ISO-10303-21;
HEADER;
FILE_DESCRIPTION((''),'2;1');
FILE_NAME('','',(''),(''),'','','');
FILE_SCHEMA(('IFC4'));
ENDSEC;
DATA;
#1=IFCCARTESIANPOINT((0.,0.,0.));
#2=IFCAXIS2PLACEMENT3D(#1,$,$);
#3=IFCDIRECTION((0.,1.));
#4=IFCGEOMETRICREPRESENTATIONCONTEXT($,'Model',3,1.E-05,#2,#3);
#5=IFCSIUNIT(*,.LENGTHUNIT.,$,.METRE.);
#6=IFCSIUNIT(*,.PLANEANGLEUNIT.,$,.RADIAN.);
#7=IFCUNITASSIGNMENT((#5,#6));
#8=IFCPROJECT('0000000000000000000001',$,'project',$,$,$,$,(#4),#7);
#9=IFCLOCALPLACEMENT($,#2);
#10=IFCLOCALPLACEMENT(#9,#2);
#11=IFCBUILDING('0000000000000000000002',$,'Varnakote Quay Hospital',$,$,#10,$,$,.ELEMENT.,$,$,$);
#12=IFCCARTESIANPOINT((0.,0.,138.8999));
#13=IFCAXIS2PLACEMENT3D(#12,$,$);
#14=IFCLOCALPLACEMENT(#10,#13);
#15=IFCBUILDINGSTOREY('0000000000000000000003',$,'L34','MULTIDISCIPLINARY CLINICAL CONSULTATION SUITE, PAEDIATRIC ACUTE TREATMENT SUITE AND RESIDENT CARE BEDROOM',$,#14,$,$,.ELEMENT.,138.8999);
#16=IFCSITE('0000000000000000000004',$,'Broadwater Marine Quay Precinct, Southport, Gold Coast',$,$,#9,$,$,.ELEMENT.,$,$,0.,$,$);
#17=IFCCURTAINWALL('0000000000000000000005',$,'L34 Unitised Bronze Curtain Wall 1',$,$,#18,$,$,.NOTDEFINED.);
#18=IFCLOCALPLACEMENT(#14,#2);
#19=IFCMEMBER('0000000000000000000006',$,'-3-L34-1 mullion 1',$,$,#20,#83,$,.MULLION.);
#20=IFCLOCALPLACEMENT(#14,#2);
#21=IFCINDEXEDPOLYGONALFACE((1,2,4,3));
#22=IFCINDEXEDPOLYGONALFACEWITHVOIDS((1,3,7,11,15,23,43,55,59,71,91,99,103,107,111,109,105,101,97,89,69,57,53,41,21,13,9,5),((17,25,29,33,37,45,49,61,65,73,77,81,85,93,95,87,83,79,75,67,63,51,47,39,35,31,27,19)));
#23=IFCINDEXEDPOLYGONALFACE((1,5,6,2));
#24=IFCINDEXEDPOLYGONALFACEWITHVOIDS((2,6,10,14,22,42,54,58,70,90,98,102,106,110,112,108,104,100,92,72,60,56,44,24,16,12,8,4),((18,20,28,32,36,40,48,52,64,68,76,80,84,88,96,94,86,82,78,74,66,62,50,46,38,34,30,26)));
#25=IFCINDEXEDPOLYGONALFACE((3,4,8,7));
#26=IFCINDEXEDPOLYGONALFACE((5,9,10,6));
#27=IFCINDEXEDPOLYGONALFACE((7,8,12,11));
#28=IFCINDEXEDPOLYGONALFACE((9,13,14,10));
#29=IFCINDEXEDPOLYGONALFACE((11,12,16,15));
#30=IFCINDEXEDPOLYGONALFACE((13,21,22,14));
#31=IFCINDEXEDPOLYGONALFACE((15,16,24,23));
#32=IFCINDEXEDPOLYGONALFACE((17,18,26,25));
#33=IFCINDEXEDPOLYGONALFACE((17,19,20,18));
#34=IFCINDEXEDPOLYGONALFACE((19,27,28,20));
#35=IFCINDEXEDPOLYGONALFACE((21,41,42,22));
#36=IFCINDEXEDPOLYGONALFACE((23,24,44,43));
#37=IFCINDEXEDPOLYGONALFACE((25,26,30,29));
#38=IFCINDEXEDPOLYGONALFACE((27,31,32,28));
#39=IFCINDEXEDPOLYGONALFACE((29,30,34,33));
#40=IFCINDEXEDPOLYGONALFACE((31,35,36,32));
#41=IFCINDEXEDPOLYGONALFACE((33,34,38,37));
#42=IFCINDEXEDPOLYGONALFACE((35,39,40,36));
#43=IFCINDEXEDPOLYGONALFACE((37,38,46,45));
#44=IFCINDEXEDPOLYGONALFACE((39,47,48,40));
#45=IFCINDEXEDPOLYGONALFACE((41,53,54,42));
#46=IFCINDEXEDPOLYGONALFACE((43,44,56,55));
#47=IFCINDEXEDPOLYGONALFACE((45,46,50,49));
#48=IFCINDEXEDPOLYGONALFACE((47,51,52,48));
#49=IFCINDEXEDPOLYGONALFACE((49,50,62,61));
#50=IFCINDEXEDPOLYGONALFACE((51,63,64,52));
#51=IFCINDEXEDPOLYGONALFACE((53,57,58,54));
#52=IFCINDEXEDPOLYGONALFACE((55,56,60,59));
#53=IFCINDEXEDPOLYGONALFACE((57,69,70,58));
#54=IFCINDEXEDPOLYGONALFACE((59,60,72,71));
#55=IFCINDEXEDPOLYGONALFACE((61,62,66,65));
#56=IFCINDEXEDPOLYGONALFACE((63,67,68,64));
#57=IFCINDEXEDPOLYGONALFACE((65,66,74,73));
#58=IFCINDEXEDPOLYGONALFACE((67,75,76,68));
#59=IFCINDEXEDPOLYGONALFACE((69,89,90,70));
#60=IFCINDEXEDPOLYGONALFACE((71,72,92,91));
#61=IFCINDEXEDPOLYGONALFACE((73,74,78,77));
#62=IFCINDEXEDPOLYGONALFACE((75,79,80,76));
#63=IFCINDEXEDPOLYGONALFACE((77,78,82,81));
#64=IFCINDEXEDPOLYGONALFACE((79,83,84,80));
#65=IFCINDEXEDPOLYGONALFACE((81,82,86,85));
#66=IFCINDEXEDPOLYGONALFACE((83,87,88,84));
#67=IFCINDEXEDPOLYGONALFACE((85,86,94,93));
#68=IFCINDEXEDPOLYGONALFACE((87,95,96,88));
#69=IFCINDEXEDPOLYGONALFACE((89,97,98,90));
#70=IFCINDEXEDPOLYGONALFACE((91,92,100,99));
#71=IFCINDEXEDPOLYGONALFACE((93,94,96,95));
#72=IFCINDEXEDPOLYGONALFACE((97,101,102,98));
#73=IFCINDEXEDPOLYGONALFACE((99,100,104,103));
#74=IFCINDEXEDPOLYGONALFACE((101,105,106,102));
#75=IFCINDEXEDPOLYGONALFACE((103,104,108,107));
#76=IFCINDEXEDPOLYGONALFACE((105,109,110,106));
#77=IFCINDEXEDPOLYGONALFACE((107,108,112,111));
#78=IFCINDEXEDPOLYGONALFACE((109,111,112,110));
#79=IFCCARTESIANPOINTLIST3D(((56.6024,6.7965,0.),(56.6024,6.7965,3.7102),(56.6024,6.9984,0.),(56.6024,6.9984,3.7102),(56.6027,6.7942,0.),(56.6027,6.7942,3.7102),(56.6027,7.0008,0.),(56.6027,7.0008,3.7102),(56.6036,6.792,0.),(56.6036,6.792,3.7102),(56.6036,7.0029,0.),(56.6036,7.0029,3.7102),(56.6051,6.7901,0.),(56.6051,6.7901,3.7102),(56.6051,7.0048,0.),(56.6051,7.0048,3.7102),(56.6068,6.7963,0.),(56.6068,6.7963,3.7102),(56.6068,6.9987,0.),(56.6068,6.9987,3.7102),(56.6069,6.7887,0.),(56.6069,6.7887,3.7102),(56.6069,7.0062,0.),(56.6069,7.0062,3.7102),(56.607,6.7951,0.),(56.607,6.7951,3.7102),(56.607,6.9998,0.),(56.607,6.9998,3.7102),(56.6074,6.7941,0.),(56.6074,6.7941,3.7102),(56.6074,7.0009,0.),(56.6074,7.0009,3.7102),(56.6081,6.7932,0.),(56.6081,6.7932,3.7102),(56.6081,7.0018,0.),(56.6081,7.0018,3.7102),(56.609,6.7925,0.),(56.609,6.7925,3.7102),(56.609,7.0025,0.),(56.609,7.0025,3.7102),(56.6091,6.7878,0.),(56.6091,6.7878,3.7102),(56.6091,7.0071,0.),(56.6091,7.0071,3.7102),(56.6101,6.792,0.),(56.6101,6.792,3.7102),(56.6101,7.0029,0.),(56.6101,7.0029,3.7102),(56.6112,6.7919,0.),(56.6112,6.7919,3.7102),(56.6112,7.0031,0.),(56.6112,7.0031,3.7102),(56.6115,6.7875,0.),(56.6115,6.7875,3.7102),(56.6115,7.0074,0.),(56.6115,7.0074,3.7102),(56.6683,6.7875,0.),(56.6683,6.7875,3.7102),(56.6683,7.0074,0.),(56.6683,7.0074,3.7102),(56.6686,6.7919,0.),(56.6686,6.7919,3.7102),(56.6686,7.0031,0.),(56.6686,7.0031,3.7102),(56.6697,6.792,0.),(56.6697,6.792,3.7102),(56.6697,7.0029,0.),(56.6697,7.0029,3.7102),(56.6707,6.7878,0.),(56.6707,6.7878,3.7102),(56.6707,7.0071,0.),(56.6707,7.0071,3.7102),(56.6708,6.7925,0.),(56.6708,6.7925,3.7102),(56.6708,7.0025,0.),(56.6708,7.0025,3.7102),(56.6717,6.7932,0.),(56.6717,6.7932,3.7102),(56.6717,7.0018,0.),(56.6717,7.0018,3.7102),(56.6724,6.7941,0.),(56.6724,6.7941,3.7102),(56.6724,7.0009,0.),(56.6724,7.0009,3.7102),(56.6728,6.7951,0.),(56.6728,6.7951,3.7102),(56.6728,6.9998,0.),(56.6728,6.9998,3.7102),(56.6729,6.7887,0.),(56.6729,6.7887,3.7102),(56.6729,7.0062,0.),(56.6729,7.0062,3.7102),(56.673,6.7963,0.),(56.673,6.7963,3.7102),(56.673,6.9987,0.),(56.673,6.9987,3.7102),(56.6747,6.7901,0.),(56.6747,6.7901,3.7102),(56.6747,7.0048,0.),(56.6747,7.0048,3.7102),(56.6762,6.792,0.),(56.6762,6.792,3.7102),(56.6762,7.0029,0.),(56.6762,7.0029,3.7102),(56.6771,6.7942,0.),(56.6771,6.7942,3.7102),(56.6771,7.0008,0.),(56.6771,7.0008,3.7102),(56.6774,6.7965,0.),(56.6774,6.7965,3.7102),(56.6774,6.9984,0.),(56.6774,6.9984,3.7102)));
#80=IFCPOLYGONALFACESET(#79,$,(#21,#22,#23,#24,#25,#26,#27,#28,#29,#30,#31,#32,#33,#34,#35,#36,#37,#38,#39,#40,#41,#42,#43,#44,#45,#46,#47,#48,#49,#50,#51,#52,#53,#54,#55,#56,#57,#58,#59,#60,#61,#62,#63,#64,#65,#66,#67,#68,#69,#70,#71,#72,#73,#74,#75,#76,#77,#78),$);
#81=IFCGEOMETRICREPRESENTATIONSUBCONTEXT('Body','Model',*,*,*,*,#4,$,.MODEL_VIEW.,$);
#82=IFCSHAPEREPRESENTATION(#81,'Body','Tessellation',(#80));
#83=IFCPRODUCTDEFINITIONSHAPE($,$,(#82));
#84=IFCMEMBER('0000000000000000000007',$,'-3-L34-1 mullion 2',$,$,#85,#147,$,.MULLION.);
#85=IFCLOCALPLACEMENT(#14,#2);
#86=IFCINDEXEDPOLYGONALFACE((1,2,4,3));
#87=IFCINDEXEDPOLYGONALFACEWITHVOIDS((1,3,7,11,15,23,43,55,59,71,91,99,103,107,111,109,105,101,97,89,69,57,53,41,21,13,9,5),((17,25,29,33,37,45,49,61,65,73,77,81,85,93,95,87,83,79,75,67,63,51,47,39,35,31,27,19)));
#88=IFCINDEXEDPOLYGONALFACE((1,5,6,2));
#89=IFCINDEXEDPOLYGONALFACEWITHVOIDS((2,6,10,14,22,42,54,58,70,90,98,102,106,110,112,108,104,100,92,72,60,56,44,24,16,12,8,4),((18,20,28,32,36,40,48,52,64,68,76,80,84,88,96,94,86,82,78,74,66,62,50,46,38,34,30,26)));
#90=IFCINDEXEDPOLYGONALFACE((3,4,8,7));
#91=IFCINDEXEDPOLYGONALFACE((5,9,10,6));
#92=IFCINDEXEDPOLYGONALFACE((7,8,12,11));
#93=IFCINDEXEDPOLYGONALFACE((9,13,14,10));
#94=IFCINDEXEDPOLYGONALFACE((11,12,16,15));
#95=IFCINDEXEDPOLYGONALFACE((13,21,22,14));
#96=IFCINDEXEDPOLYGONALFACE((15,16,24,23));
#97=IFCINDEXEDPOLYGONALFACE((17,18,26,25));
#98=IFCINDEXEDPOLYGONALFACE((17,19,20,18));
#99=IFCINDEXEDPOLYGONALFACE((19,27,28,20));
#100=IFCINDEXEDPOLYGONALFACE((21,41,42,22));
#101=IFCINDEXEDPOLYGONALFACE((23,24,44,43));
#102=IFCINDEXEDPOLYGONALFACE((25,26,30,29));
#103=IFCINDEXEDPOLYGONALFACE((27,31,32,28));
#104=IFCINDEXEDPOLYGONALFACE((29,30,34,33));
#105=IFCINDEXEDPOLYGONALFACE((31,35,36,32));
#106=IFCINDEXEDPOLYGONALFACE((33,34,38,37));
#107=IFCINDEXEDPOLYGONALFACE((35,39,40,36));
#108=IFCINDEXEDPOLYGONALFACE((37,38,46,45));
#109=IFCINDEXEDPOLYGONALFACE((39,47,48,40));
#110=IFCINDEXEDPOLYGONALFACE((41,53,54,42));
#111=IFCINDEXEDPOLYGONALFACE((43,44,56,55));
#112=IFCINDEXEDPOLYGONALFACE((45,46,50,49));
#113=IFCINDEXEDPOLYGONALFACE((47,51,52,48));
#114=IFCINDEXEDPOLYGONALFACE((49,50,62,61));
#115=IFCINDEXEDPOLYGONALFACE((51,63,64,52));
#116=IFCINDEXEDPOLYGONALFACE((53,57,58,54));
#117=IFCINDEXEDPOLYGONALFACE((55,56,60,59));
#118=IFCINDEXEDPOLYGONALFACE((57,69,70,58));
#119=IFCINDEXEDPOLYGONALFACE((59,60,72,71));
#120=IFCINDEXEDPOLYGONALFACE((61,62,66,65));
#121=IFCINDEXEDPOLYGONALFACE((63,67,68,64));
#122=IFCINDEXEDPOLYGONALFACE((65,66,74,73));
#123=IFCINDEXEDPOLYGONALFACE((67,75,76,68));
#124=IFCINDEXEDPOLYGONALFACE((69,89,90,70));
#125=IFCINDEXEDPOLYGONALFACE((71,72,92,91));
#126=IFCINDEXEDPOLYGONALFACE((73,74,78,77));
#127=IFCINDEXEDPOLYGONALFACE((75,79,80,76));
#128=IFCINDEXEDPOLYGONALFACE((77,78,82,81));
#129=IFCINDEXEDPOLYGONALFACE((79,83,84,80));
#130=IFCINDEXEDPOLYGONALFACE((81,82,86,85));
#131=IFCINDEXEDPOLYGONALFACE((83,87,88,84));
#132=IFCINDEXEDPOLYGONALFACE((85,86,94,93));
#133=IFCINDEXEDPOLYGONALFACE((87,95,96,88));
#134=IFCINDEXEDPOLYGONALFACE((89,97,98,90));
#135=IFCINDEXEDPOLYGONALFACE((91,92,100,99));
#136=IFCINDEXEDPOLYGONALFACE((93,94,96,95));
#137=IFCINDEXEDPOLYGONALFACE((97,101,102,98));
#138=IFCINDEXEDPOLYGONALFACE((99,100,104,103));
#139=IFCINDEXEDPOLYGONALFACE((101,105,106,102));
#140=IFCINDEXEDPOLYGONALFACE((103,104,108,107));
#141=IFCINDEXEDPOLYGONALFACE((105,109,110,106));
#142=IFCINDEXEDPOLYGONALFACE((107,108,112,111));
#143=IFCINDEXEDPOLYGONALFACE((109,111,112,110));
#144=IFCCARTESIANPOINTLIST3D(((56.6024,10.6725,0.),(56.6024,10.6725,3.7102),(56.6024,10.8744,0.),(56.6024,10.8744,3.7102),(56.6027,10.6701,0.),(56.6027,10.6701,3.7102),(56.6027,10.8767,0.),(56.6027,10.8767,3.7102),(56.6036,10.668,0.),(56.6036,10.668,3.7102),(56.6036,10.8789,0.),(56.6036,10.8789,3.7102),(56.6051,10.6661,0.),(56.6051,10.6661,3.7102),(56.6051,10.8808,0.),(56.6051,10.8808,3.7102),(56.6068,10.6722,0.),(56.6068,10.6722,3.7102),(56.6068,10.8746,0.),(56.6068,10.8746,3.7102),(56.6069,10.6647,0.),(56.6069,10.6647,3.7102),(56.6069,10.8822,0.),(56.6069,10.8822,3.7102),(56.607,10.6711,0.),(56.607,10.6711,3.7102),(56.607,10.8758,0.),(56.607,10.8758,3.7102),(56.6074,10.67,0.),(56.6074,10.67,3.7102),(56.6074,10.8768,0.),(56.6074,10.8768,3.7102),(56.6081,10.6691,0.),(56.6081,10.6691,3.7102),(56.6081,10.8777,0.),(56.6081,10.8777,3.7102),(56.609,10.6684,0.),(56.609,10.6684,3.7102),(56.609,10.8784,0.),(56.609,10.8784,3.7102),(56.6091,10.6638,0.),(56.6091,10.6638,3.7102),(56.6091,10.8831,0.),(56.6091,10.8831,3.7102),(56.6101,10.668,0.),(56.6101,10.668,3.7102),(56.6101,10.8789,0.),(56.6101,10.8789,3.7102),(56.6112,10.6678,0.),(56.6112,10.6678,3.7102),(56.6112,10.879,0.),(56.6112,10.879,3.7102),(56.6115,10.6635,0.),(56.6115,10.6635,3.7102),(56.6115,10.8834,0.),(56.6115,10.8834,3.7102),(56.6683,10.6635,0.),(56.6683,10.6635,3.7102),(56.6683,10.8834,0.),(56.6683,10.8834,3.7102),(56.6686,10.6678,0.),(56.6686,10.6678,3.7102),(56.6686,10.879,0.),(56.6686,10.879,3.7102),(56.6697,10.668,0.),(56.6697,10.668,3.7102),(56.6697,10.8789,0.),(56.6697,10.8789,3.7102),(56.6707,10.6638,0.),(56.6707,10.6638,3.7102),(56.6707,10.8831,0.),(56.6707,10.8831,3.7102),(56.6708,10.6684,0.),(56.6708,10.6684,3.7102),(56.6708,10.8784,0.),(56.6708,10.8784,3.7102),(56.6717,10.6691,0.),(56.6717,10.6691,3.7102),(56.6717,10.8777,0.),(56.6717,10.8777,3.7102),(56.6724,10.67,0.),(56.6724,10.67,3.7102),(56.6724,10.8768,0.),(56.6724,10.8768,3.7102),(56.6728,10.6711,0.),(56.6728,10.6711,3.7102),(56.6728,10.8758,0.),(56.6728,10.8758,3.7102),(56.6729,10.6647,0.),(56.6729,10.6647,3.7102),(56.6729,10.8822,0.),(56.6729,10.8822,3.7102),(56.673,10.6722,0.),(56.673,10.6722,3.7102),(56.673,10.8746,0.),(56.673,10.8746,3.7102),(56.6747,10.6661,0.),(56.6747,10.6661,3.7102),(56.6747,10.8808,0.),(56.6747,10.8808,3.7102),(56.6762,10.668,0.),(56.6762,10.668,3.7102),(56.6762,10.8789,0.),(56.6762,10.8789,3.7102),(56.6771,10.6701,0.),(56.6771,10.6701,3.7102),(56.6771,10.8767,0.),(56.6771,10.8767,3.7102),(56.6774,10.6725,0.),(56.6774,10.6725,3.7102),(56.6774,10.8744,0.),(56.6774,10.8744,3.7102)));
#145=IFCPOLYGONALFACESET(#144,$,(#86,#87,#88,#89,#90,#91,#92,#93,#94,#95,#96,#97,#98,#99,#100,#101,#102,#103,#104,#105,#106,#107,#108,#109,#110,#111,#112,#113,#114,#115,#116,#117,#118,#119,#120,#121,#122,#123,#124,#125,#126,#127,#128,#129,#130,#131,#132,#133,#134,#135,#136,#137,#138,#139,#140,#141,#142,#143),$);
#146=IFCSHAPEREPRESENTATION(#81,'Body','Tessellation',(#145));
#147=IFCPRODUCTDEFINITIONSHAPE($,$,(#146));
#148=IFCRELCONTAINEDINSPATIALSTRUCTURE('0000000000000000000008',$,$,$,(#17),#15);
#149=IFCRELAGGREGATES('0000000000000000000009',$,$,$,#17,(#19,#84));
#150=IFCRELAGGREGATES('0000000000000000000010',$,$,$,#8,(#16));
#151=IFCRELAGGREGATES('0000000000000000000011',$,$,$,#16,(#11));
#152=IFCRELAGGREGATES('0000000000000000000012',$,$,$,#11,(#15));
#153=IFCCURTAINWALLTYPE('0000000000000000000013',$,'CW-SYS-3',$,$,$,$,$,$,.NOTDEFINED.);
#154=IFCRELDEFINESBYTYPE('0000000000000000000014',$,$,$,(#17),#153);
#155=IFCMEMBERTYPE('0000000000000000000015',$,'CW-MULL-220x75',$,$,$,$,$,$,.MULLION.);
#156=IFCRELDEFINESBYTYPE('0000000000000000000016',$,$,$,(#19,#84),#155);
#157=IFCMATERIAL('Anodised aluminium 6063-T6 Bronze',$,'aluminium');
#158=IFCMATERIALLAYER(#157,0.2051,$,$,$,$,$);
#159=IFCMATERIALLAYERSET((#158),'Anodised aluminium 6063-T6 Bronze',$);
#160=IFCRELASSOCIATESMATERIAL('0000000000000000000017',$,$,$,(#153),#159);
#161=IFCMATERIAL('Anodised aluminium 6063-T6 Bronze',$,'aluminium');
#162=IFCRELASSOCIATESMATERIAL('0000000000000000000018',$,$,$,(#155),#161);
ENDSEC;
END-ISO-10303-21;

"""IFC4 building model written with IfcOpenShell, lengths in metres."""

from ifc_helpers import new_model, si_unit, direction, frame, origin, origin_2d, place, context, subcontext, project, spatial, hollow_rectangle, extrude, material, layer, layer_set, material_profile, profile_set, type_object, element, aggregate, save


model = new_model("IFC4")

# Units and contexts
model_context = context("Model", 3, precision=1e-05, world=origin(), true_north=direction((0.0, 1.0)))
body_context = subcontext(model_context, "Body", "Model", "MODEL_VIEW")
ifc_project = project(units=[si_unit("LENGTHUNIT", "METRE"), si_unit("PLANEANGLEUNIT", "RADIAN")], contexts=[model_context])

# Site, building, storey
site_placement = place(None, origin())
site = spatial("IfcSite", under=ifc_project, at=site_placement, Name="Broadwater Marine Quay Precinct, Southport, Gold Coast", CompositionType="ELEMENT", RefElevation=0.0)
building_placement = place(site_placement, origin())
building = spatial("IfcBuilding", under=site, at=building_placement, Name="Varnakote Quay Hospital", CompositionType="ELEMENT")
storey_placement = place(building_placement, frame((0.0, 0.0, 138.8999)))
storey = spatial("IfcBuildingStorey", under=building, at=storey_placement, Name="L34", Description="MULTIDISCIPLINARY CLINICAL CONSULTATION SUITE, PAEDIATRIC ACUTE TREATMENT SUITE AND RESIDENT CARE BEDROOM", CompositionType="ELEMENT", Elevation=138.8999)

# Curtain wall, members
ifc_material_1 = material(Name="Anodised aluminium 6063-T6 Bronze", Category="aluminium")
ifc_layer_1 = layer(ifc_material_1, 0.2051)
ifc_layer_set_1 = layer_set([ifc_layer_1], Name="Anodised aluminium 6063-T6 Bronze")
curtain_wall_type = type_object("IfcCurtainWallType", Name="CW-SYS-3", PredefinedType="NOTDEFINED", material=ifc_layer_set_1)
curtain_wall_placement = place(storey_placement, origin())
curtain_wall = element("IfcCurtainWall", 1, at=curtain_wall_placement, inside=storey, type_object=curtain_wall_type, Name="L34 Unitised Bronze Curtain Wall 1", PredefinedType="NOTDEFINED")
ifc_material_2 = material(Name="Anodised aluminium 6063-T6 Bronze", Category="aluminium")
ifc_material_profile_1 = material_profile(ifc_material_2, hollow_rectangle(XDim=0.075, YDim=0.22, WallThickness=0.0044, InnerFilletRadius=0.0044, OuterFilletRadius=0.009, at=origin_2d()), Name="CW-MULL-220x75")
ifc_profile_set_1 = profile_set([ifc_material_profile_1], Name="Anodised aluminium 6063-T6 Bronze")
member_type_1 = type_object("IfcMemberType", Name="CW-MULL-220x75", PredefinedType="MULLION", material=ifc_profile_set_1)
member_1_placement = place(storey_placement, frame((56.6399, 6.8975, 0.0), z_axis=(0.0, 0.0, 1.0), x_axis=(-1.0, 0.0, 0.0)))
member_1 = element("IfcMember", 2, at=member_1_placement, type_object=member_type_1, Name="-3-L34-1 mullion 1", PredefinedType="MULLION", context=body_context, shape_type="SweptSolid", body=[
    extrude(hollow_rectangle(XDim=0.075, YDim=0.22, WallThickness=0.0044, InnerFilletRadius=0.0044, OuterFilletRadius=0.009, at=origin_2d()), origin(), (0.0, 0.0, 1.0), 3.7102),
])
member_2_placement = place(storey_placement, frame((56.6399, 10.7734, 0.0), z_axis=(0.0, 0.0, 1.0), x_axis=(-1.0, 0.0, 0.0)))
member_2 = element("IfcMember", 3, at=member_2_placement, type_object=member_type_1, Name="-3-L34-1 mullion 2", PredefinedType="MULLION", context=body_context, shape_type="SweptSolid", body=[
    extrude(hollow_rectangle(XDim=0.075, YDim=0.22, WallThickness=0.0044, InnerFilletRadius=0.0044, OuterFilletRadius=0.009, at=origin_2d()), origin(), (0.0, 0.0, 1.0), 3.7102),
])
aggregate(curtain_wall, [member_1, member_2])

save(model, "model.ifc")
